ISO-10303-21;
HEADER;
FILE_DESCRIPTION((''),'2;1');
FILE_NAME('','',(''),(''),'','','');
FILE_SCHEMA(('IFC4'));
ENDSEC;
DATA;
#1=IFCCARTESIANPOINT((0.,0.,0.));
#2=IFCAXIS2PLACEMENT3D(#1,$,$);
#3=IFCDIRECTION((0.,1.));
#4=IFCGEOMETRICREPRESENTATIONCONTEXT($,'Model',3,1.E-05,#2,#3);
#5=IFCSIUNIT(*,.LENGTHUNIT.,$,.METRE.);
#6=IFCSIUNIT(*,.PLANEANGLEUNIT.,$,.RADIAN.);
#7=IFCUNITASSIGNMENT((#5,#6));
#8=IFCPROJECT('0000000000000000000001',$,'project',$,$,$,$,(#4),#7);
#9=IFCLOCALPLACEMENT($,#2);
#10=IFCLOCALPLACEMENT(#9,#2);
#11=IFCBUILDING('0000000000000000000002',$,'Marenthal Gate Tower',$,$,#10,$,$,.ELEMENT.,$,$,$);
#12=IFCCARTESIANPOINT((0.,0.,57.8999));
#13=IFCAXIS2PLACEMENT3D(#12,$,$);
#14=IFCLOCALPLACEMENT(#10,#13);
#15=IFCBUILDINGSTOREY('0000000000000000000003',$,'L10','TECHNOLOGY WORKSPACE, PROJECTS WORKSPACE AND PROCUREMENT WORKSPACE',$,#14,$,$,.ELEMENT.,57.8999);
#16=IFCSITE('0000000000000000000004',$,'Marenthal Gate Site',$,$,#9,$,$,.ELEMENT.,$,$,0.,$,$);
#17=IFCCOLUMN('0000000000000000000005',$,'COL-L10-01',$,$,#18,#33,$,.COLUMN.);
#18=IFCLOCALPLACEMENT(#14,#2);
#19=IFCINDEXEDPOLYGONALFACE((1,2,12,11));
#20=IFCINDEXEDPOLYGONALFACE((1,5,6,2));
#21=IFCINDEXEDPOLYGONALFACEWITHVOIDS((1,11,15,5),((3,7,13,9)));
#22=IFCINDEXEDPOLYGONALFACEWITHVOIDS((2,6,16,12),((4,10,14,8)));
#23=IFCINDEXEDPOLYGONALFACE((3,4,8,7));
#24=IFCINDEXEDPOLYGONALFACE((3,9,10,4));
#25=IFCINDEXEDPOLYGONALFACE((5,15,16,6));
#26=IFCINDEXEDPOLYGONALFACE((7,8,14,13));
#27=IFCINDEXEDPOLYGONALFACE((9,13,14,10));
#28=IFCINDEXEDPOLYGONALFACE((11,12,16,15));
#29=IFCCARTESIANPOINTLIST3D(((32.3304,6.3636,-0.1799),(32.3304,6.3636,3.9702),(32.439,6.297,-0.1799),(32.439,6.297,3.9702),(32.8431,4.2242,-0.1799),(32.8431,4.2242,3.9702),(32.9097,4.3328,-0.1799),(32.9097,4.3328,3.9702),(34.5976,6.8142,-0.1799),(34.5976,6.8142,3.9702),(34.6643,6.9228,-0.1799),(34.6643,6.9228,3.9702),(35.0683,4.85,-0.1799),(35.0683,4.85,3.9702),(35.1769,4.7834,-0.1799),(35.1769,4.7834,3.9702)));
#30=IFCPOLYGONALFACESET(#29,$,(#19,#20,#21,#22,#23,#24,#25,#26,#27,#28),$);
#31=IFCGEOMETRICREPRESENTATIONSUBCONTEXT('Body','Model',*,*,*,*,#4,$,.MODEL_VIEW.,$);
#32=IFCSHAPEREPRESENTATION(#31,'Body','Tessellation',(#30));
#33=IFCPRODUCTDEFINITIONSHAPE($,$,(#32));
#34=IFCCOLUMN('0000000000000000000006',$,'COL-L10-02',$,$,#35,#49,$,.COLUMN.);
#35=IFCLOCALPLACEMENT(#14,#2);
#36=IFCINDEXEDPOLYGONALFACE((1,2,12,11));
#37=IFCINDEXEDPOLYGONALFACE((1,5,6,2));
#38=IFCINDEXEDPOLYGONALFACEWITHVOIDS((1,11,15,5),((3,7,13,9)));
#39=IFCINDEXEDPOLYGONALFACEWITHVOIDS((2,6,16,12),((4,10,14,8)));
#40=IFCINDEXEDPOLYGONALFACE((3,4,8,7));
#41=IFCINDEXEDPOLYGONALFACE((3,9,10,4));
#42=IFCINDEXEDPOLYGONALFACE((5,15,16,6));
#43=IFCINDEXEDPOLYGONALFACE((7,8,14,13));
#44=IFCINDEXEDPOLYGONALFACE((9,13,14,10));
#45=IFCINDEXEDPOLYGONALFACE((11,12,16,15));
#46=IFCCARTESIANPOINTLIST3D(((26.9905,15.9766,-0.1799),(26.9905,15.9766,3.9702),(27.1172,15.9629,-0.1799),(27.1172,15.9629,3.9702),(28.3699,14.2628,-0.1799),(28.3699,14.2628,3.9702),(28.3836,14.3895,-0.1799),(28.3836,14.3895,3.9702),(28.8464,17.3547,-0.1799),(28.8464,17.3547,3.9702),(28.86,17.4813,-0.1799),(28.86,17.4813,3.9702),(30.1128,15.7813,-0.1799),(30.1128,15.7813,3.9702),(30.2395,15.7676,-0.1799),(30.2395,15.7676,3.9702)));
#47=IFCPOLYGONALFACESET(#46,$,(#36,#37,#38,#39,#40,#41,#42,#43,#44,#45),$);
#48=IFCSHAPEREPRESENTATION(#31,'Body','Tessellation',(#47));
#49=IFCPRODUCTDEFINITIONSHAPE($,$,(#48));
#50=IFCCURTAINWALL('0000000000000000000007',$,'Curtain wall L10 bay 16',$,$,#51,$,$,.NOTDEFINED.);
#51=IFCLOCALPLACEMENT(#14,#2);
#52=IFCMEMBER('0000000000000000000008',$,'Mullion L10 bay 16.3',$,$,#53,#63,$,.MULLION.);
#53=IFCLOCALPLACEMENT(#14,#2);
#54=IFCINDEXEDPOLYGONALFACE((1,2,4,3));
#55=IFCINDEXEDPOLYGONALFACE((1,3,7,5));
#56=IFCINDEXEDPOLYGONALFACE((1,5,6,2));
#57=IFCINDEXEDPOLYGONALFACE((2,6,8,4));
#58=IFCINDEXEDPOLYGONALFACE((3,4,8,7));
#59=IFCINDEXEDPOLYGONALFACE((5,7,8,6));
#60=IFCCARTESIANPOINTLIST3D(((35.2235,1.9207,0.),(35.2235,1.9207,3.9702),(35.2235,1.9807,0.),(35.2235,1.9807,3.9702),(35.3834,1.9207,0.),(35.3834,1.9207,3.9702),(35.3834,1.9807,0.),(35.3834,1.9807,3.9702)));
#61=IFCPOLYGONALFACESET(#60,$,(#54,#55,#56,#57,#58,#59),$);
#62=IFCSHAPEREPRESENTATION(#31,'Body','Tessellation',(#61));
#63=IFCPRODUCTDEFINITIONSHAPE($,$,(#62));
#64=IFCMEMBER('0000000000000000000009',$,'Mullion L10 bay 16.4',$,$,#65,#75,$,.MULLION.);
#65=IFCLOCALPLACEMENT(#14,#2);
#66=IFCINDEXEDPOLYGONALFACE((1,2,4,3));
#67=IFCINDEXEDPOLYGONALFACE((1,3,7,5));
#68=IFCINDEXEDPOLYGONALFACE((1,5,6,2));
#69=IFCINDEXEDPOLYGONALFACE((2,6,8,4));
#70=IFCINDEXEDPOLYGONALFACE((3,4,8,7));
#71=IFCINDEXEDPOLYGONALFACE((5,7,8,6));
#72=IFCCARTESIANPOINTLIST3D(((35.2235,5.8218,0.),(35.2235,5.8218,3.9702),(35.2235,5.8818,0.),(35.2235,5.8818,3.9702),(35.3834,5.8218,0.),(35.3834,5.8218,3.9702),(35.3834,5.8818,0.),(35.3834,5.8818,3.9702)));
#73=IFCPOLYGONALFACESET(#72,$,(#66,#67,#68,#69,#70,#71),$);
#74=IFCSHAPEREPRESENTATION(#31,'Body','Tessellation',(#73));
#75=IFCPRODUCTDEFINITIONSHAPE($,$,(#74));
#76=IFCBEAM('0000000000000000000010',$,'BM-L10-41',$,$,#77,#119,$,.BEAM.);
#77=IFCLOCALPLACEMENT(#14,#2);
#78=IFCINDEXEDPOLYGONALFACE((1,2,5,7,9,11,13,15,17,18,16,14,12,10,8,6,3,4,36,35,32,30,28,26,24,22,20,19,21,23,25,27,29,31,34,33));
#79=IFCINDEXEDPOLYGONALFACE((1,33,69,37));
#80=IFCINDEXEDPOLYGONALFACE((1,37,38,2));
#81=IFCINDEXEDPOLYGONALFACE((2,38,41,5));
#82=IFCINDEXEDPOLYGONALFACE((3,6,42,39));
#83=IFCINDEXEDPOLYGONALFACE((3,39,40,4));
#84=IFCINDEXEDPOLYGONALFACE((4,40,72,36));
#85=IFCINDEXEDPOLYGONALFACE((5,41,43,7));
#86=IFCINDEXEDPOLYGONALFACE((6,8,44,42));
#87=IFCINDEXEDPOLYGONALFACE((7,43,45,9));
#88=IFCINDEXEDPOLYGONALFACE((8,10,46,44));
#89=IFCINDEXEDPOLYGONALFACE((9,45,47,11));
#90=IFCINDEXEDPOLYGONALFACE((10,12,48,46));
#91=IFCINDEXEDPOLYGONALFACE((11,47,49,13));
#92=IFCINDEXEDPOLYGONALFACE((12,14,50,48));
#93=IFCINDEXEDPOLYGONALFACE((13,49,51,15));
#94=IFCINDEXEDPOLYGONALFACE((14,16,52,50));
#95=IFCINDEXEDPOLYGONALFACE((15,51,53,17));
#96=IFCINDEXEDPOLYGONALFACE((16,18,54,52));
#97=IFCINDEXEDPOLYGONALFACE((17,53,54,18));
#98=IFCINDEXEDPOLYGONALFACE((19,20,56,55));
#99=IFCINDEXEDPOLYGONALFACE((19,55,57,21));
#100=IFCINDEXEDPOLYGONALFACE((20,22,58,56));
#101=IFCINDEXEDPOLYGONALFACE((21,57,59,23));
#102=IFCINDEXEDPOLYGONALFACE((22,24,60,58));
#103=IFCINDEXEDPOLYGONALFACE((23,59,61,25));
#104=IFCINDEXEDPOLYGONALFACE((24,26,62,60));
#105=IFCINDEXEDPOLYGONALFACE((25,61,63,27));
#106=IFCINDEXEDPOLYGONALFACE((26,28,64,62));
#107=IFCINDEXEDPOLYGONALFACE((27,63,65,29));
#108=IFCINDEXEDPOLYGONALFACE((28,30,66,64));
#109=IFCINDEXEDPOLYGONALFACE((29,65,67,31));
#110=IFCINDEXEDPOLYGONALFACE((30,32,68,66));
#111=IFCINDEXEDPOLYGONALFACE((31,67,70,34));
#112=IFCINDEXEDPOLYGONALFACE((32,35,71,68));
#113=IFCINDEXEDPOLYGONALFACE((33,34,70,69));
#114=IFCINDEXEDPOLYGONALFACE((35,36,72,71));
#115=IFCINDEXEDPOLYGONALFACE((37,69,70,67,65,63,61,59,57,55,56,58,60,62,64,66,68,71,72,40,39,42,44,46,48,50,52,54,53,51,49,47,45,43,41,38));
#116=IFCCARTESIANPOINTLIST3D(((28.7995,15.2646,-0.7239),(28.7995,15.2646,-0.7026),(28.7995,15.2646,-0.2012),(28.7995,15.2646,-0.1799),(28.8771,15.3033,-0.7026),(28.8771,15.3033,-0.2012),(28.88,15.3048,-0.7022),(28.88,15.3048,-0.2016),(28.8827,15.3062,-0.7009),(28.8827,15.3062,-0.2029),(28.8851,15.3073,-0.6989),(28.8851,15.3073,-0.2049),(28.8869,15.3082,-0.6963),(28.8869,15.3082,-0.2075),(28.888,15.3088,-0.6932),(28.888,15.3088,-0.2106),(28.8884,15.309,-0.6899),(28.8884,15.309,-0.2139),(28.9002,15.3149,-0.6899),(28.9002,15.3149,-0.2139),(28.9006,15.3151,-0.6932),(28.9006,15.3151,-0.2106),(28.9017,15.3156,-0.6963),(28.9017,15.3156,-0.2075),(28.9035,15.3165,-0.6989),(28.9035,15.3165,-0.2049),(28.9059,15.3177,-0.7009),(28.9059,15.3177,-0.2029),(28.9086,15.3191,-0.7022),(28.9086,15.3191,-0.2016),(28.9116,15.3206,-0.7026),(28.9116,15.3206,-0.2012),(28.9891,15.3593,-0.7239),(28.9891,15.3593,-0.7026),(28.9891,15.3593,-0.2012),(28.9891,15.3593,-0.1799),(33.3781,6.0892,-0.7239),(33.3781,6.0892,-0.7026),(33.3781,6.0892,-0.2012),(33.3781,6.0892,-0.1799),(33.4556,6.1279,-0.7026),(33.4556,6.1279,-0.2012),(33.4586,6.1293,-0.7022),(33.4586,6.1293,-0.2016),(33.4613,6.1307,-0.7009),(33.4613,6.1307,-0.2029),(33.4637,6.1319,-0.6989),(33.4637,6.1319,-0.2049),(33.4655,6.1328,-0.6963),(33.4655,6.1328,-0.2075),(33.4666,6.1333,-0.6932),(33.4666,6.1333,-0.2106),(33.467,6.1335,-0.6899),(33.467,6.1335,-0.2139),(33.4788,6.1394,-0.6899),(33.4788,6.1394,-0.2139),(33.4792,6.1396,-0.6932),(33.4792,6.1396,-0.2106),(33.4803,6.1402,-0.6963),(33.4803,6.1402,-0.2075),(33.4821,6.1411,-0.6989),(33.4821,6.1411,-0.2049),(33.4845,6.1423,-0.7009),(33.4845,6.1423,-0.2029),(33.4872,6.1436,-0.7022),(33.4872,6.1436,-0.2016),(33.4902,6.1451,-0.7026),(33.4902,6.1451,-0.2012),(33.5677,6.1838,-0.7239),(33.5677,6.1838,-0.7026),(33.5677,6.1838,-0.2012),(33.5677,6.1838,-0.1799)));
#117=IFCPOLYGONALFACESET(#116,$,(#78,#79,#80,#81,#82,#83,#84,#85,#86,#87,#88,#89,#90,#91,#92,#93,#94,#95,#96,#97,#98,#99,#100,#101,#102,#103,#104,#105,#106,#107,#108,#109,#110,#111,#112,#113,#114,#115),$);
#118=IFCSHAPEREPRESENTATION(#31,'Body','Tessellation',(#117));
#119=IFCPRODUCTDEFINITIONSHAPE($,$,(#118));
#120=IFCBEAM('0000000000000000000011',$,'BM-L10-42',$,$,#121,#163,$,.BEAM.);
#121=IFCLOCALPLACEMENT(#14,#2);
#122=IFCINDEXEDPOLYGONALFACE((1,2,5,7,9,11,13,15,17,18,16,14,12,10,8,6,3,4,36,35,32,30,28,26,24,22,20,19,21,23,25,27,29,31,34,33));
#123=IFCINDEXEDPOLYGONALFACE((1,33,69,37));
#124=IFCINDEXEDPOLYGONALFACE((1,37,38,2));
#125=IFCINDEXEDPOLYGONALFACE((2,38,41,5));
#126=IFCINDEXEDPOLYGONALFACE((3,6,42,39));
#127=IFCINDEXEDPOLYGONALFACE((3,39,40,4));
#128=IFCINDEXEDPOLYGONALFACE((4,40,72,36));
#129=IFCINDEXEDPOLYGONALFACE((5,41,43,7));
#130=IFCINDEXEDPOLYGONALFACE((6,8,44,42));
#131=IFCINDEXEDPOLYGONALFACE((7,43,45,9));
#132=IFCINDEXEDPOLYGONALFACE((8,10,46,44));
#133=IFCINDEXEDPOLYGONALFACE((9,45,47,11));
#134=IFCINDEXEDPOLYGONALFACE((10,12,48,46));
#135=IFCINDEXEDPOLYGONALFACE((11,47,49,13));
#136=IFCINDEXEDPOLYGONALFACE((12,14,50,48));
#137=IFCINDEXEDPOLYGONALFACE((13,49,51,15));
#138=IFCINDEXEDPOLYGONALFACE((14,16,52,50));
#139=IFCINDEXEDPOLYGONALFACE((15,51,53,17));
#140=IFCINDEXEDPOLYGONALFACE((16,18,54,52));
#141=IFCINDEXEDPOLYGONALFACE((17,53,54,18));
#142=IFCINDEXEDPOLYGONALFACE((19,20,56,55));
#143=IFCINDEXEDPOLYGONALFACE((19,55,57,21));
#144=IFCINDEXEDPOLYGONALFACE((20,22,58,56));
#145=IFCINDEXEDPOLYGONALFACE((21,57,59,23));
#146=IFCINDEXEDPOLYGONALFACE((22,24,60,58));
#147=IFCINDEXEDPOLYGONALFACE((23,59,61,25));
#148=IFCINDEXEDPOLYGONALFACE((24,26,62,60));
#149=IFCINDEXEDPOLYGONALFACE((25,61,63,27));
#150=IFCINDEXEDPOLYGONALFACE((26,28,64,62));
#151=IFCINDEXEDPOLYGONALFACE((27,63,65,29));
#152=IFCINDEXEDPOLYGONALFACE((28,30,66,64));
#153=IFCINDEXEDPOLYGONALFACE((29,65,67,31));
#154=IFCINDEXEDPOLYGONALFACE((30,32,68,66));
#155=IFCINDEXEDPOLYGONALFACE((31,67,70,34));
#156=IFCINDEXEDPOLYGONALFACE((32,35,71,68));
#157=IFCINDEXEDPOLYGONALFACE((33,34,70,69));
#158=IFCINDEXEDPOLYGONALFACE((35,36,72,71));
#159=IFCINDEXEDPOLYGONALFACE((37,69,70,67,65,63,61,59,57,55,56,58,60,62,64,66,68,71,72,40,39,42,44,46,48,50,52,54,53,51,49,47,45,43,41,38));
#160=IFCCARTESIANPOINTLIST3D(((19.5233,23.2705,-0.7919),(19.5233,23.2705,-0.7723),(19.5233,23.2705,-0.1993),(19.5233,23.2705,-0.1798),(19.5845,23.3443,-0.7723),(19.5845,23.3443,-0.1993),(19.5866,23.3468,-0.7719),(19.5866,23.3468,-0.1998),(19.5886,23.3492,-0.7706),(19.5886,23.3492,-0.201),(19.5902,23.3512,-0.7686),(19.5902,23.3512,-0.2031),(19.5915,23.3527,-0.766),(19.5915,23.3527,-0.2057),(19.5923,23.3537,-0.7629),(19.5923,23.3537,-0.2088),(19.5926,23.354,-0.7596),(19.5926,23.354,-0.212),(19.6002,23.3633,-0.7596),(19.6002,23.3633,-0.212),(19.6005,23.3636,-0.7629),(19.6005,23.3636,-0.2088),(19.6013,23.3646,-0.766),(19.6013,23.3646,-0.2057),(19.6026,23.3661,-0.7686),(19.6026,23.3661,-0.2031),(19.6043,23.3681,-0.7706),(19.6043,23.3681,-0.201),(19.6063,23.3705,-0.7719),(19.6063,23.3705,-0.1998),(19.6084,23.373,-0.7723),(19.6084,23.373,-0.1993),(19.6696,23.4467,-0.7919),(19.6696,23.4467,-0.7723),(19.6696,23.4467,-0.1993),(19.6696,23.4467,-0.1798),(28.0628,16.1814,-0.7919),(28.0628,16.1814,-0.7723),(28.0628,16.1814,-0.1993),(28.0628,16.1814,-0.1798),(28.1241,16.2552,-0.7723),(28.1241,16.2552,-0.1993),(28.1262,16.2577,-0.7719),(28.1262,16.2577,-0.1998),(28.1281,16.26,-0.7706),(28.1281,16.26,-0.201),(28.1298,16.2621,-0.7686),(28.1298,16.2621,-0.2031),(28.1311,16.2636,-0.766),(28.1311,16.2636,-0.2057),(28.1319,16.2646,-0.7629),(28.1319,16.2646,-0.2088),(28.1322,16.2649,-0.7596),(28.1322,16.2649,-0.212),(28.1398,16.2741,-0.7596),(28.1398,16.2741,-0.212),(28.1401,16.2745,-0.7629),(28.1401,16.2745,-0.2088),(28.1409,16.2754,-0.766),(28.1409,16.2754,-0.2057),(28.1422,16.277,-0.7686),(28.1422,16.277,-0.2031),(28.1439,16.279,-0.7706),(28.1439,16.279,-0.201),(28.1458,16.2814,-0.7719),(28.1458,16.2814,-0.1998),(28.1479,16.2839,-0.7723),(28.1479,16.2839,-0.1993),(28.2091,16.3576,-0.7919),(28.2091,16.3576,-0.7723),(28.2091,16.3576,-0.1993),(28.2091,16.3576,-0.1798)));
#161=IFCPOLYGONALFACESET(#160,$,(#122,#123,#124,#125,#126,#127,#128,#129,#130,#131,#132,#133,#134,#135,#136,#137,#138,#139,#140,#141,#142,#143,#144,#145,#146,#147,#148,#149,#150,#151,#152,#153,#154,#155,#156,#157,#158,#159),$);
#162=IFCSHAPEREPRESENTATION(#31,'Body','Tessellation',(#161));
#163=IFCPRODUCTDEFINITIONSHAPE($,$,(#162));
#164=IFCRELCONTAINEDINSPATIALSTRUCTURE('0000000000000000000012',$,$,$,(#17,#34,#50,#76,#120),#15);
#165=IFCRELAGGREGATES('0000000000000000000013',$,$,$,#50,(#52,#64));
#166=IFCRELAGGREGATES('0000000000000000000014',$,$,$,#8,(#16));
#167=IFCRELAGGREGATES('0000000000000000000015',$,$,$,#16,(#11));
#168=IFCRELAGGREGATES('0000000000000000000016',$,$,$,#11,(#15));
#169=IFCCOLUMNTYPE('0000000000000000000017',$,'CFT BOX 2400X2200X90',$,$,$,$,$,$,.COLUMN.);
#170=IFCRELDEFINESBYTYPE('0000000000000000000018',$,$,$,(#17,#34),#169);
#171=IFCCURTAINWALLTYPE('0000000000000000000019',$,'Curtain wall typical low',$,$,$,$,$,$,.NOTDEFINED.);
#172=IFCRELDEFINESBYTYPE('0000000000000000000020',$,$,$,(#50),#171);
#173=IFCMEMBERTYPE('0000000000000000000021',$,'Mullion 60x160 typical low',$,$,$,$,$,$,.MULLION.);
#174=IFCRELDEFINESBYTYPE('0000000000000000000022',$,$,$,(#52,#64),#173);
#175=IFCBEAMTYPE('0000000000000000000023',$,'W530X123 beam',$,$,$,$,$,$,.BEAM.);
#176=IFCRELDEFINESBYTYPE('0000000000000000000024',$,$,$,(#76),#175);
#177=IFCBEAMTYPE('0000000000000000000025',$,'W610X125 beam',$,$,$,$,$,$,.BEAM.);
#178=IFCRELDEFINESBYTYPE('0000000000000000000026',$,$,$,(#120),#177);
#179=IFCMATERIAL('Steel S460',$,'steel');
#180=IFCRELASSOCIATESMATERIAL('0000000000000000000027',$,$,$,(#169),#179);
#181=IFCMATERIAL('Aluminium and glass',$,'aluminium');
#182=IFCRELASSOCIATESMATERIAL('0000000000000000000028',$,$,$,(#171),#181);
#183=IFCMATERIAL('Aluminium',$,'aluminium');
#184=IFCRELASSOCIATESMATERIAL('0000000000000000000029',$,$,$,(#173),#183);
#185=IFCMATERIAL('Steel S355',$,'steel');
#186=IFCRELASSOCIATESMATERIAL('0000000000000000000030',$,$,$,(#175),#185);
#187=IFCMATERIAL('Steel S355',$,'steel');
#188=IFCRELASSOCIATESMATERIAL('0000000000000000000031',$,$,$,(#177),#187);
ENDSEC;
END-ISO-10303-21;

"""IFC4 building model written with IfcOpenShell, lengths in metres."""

from ifc_helpers import new_model, si_unit, direction, frame, origin, origin_2d, place, context, subcontext, project, spatial, rectangle, hollow_rectangle, i_section, extrude, material, material_profile, profile_set, type_object, element, aggregate, save


model = new_model("IFC4")

# Units and contexts
model_context = context("Model", 3, precision=1e-05, world=origin(), true_north=direction((0.0, 1.0)))
body_context = subcontext(model_context, "Body", "Model", "MODEL_VIEW")
ifc_project = project(units=[si_unit("LENGTHUNIT", "METRE"), si_unit("PLANEANGLEUNIT", "RADIAN")], contexts=[model_context])

# Site, building, storey
site_placement = place(None, origin())
site = spatial("IfcSite", under=ifc_project, at=site_placement, Name="Marenthal Gate Site", CompositionType="ELEMENT", RefElevation=0.0)
building_placement = place(site_placement, origin())
building = spatial("IfcBuilding", under=site, at=building_placement, Name="Marenthal Gate Tower", CompositionType="ELEMENT")
storey_placement = place(building_placement, frame((0.0, 0.0, 57.8999)))
storey = spatial("IfcBuildingStorey", under=building, at=storey_placement, Name="L10", Description="TECHNOLOGY WORKSPACE, PROJECTS WORKSPACE AND PROCUREMENT WORKSPACE", CompositionType="ELEMENT", Elevation=57.8999)

# Columns
ifc_material_1 = material(Name="Steel S460", Category="steel")
ifc_material_profile_1 = material_profile(ifc_material_1, hollow_rectangle(XDim=2.2, YDim=2.3999, WallThickness=0.0901, at=origin_2d()), Name="CFT BOX 2400X2200X90")
ifc_material_2 = material(Name="Concrete 70 MPa", Category="concrete")
ifc_material_profile_2 = material_profile(ifc_material_2, rectangle(XDim=2.02, YDim=2.22, at=origin_2d()), Name="CFT BOX 2400X2200X90 INFILL")
ifc_profile_set_1 = profile_set([ifc_material_profile_1, ifc_material_profile_2], Name="Steel S460 shell, Concrete 70 MPa infill")
column_type = type_object("IfcColumnType", Name="CFT BOX 2400X2200X90", PredefinedType="COLUMN", material=ifc_profile_set_1)
for number, where, z_axis, x_axis, name in (
    (1, (33.7537, 5.5735, -0.1799), (0.0, 0.0, 1.0), (0.233019, -0.972472, 0.0), "COL-L10-01"),
    (2, (28.615, 15.8721, -0.1799), (0.0, 0.0, 1.0), (0.627023, -0.779001, 0.0), "COL-L10-02"),
):
    element("IfcColumn", number, at=place(storey_placement, frame(where, z_axis=z_axis, x_axis=x_axis)), inside=storey, type_object=column_type, Name=name, PredefinedType="COLUMN", context=body_context, shape_type="SweptSolid", body=[
        extrude(hollow_rectangle(XDim=2.2, YDim=2.3999, WallThickness=0.0901, at=origin_2d()), origin(), (0.0, 0.0, 1.0), 4.1501),
    ])

# Curtain wall, members
ifc_material_3 = material(Name="Aluminium and glass", Category="aluminium")
curtain_wall_type = type_object("IfcCurtainWallType", Name="Curtain wall typical low", PredefinedType="NOTDEFINED", material=ifc_material_3)
curtain_wall_placement = place(storey_placement, origin())
curtain_wall = element("IfcCurtainWall", 3, at=curtain_wall_placement, inside=storey, type_object=curtain_wall_type, Name="Curtain wall L10 bay 16", PredefinedType="NOTDEFINED")
ifc_material_4 = material(Name="Aluminium", Category="aluminium")
ifc_material_profile_3 = material_profile(ifc_material_4, rectangle(XDim=0.1599, YDim=0.0601, at=origin_2d()), Name="60x160 aluminium mullion")
ifc_profile_set_2 = profile_set([ifc_material_profile_3], Name="Aluminium")
member_type = type_object("IfcMemberType", Name="Mullion 60x160 typical low", PredefinedType="MULLION", material=ifc_profile_set_2)
member_1_placement = place(storey_placement, frame((35.3035, 1.9507, 0.0), z_axis=(0.0, 0.0, 1.0), x_axis=(-1.0, 0.0, 0.0)))
member_1 = element("IfcMember", 4, at=member_1_placement, type_object=member_type, Name="Mullion L10 bay 16.3", PredefinedType="MULLION", context=body_context, shape_type="SweptSolid", body=[
    extrude(rectangle(XDim=0.1599, YDim=0.0601, at=origin_2d()), origin(), (0.0, 0.0, 1.0), 3.9702),
])
member_2_placement = place(storey_placement, frame((35.3035, 5.8518, 0.0), z_axis=(0.0, 0.0, 1.0), x_axis=(-1.0, 0.0, 0.0)))
member_2 = element("IfcMember", 5, at=member_2_placement, type_object=member_type, Name="Mullion L10 bay 16.4", PredefinedType="MULLION", context=body_context, shape_type="SweptSolid", body=[
    extrude(rectangle(XDim=0.1599, YDim=0.0601, at=origin_2d()), origin(), (0.0, 0.0, 1.0), 3.9702),
])

# Beams
ifc_material_5 = material(Name="Steel S355", Category="steel")
ifc_material_profile_4 = material_profile(ifc_material_5, i_section(OverallWidth=0.2119, OverallDepth=0.5439, WebThickness=0.0132, FlangeThickness=0.0212, FilletRadius=0.0127, at=origin_2d()), Name="W530X123")
ifc_profile_set_3 = profile_set([ifc_material_profile_4], Name="Steel S355")
beam_type_1 = type_object("IfcBeamType", Name="W530X123 beam", PredefinedType="BEAM", material=ifc_profile_set_3)
beam_1_placement = place(storey_placement, frame((33.4729, 6.1365, -0.4519), z_axis=(-0.446499, 0.894784, 0.0), x_axis=(-0.894784, -0.446499, 0.0)))
element("IfcBeam", 6, at=beam_1_placement, inside=storey, type_object=beam_type_1, Name="BM-L10-41", PredefinedType="BEAM", context=body_context, shape_type="SweptSolid", body=[
    extrude(i_section(OverallWidth=0.2119, OverallDepth=0.5439, WebThickness=0.0132, FlangeThickness=0.0212, FilletRadius=0.0127, at=origin_2d()), origin(), (0.0, 0.0, 1.0), 10.2544),
])
ifc_material_6 = material(Name="Steel S355", Category="steel")
ifc_material_profile_5 = material_profile(ifc_material_6, i_section(OverallWidth=0.229, OverallDepth=0.6121, WebThickness=0.012, FlangeThickness=0.0195, FilletRadius=0.0127, at=origin_2d()), Name="W610X125")
ifc_profile_set_4 = profile_set([ifc_material_profile_5], Name="Steel S355")
beam_type_2 = type_object("IfcBeamType", Name="W610X125 beam", PredefinedType="BEAM", material=ifc_profile_set_4)
beam_2_placement = place(storey_placement, frame((28.136, 16.2695, -0.4858), z_axis=(-0.769424, 0.638738, 0.0), x_axis=(-0.638738, -0.769424, 0.0)))
element("IfcBeam", 7, at=beam_2_placement, inside=storey, type_object=beam_type_2, Name="BM-L10-42", PredefinedType="BEAM", context=body_context, shape_type="SweptSolid", body=[
    extrude(i_section(OverallWidth=0.229, OverallDepth=0.6121, WebThickness=0.012, FlangeThickness=0.0195, FilletRadius=0.0127, at=origin_2d()), origin(), (0.0, 0.0, 1.0), 11.0986),
])

aggregate(curtain_wall, [member_1, member_2])

save(model, "model.ifc")
